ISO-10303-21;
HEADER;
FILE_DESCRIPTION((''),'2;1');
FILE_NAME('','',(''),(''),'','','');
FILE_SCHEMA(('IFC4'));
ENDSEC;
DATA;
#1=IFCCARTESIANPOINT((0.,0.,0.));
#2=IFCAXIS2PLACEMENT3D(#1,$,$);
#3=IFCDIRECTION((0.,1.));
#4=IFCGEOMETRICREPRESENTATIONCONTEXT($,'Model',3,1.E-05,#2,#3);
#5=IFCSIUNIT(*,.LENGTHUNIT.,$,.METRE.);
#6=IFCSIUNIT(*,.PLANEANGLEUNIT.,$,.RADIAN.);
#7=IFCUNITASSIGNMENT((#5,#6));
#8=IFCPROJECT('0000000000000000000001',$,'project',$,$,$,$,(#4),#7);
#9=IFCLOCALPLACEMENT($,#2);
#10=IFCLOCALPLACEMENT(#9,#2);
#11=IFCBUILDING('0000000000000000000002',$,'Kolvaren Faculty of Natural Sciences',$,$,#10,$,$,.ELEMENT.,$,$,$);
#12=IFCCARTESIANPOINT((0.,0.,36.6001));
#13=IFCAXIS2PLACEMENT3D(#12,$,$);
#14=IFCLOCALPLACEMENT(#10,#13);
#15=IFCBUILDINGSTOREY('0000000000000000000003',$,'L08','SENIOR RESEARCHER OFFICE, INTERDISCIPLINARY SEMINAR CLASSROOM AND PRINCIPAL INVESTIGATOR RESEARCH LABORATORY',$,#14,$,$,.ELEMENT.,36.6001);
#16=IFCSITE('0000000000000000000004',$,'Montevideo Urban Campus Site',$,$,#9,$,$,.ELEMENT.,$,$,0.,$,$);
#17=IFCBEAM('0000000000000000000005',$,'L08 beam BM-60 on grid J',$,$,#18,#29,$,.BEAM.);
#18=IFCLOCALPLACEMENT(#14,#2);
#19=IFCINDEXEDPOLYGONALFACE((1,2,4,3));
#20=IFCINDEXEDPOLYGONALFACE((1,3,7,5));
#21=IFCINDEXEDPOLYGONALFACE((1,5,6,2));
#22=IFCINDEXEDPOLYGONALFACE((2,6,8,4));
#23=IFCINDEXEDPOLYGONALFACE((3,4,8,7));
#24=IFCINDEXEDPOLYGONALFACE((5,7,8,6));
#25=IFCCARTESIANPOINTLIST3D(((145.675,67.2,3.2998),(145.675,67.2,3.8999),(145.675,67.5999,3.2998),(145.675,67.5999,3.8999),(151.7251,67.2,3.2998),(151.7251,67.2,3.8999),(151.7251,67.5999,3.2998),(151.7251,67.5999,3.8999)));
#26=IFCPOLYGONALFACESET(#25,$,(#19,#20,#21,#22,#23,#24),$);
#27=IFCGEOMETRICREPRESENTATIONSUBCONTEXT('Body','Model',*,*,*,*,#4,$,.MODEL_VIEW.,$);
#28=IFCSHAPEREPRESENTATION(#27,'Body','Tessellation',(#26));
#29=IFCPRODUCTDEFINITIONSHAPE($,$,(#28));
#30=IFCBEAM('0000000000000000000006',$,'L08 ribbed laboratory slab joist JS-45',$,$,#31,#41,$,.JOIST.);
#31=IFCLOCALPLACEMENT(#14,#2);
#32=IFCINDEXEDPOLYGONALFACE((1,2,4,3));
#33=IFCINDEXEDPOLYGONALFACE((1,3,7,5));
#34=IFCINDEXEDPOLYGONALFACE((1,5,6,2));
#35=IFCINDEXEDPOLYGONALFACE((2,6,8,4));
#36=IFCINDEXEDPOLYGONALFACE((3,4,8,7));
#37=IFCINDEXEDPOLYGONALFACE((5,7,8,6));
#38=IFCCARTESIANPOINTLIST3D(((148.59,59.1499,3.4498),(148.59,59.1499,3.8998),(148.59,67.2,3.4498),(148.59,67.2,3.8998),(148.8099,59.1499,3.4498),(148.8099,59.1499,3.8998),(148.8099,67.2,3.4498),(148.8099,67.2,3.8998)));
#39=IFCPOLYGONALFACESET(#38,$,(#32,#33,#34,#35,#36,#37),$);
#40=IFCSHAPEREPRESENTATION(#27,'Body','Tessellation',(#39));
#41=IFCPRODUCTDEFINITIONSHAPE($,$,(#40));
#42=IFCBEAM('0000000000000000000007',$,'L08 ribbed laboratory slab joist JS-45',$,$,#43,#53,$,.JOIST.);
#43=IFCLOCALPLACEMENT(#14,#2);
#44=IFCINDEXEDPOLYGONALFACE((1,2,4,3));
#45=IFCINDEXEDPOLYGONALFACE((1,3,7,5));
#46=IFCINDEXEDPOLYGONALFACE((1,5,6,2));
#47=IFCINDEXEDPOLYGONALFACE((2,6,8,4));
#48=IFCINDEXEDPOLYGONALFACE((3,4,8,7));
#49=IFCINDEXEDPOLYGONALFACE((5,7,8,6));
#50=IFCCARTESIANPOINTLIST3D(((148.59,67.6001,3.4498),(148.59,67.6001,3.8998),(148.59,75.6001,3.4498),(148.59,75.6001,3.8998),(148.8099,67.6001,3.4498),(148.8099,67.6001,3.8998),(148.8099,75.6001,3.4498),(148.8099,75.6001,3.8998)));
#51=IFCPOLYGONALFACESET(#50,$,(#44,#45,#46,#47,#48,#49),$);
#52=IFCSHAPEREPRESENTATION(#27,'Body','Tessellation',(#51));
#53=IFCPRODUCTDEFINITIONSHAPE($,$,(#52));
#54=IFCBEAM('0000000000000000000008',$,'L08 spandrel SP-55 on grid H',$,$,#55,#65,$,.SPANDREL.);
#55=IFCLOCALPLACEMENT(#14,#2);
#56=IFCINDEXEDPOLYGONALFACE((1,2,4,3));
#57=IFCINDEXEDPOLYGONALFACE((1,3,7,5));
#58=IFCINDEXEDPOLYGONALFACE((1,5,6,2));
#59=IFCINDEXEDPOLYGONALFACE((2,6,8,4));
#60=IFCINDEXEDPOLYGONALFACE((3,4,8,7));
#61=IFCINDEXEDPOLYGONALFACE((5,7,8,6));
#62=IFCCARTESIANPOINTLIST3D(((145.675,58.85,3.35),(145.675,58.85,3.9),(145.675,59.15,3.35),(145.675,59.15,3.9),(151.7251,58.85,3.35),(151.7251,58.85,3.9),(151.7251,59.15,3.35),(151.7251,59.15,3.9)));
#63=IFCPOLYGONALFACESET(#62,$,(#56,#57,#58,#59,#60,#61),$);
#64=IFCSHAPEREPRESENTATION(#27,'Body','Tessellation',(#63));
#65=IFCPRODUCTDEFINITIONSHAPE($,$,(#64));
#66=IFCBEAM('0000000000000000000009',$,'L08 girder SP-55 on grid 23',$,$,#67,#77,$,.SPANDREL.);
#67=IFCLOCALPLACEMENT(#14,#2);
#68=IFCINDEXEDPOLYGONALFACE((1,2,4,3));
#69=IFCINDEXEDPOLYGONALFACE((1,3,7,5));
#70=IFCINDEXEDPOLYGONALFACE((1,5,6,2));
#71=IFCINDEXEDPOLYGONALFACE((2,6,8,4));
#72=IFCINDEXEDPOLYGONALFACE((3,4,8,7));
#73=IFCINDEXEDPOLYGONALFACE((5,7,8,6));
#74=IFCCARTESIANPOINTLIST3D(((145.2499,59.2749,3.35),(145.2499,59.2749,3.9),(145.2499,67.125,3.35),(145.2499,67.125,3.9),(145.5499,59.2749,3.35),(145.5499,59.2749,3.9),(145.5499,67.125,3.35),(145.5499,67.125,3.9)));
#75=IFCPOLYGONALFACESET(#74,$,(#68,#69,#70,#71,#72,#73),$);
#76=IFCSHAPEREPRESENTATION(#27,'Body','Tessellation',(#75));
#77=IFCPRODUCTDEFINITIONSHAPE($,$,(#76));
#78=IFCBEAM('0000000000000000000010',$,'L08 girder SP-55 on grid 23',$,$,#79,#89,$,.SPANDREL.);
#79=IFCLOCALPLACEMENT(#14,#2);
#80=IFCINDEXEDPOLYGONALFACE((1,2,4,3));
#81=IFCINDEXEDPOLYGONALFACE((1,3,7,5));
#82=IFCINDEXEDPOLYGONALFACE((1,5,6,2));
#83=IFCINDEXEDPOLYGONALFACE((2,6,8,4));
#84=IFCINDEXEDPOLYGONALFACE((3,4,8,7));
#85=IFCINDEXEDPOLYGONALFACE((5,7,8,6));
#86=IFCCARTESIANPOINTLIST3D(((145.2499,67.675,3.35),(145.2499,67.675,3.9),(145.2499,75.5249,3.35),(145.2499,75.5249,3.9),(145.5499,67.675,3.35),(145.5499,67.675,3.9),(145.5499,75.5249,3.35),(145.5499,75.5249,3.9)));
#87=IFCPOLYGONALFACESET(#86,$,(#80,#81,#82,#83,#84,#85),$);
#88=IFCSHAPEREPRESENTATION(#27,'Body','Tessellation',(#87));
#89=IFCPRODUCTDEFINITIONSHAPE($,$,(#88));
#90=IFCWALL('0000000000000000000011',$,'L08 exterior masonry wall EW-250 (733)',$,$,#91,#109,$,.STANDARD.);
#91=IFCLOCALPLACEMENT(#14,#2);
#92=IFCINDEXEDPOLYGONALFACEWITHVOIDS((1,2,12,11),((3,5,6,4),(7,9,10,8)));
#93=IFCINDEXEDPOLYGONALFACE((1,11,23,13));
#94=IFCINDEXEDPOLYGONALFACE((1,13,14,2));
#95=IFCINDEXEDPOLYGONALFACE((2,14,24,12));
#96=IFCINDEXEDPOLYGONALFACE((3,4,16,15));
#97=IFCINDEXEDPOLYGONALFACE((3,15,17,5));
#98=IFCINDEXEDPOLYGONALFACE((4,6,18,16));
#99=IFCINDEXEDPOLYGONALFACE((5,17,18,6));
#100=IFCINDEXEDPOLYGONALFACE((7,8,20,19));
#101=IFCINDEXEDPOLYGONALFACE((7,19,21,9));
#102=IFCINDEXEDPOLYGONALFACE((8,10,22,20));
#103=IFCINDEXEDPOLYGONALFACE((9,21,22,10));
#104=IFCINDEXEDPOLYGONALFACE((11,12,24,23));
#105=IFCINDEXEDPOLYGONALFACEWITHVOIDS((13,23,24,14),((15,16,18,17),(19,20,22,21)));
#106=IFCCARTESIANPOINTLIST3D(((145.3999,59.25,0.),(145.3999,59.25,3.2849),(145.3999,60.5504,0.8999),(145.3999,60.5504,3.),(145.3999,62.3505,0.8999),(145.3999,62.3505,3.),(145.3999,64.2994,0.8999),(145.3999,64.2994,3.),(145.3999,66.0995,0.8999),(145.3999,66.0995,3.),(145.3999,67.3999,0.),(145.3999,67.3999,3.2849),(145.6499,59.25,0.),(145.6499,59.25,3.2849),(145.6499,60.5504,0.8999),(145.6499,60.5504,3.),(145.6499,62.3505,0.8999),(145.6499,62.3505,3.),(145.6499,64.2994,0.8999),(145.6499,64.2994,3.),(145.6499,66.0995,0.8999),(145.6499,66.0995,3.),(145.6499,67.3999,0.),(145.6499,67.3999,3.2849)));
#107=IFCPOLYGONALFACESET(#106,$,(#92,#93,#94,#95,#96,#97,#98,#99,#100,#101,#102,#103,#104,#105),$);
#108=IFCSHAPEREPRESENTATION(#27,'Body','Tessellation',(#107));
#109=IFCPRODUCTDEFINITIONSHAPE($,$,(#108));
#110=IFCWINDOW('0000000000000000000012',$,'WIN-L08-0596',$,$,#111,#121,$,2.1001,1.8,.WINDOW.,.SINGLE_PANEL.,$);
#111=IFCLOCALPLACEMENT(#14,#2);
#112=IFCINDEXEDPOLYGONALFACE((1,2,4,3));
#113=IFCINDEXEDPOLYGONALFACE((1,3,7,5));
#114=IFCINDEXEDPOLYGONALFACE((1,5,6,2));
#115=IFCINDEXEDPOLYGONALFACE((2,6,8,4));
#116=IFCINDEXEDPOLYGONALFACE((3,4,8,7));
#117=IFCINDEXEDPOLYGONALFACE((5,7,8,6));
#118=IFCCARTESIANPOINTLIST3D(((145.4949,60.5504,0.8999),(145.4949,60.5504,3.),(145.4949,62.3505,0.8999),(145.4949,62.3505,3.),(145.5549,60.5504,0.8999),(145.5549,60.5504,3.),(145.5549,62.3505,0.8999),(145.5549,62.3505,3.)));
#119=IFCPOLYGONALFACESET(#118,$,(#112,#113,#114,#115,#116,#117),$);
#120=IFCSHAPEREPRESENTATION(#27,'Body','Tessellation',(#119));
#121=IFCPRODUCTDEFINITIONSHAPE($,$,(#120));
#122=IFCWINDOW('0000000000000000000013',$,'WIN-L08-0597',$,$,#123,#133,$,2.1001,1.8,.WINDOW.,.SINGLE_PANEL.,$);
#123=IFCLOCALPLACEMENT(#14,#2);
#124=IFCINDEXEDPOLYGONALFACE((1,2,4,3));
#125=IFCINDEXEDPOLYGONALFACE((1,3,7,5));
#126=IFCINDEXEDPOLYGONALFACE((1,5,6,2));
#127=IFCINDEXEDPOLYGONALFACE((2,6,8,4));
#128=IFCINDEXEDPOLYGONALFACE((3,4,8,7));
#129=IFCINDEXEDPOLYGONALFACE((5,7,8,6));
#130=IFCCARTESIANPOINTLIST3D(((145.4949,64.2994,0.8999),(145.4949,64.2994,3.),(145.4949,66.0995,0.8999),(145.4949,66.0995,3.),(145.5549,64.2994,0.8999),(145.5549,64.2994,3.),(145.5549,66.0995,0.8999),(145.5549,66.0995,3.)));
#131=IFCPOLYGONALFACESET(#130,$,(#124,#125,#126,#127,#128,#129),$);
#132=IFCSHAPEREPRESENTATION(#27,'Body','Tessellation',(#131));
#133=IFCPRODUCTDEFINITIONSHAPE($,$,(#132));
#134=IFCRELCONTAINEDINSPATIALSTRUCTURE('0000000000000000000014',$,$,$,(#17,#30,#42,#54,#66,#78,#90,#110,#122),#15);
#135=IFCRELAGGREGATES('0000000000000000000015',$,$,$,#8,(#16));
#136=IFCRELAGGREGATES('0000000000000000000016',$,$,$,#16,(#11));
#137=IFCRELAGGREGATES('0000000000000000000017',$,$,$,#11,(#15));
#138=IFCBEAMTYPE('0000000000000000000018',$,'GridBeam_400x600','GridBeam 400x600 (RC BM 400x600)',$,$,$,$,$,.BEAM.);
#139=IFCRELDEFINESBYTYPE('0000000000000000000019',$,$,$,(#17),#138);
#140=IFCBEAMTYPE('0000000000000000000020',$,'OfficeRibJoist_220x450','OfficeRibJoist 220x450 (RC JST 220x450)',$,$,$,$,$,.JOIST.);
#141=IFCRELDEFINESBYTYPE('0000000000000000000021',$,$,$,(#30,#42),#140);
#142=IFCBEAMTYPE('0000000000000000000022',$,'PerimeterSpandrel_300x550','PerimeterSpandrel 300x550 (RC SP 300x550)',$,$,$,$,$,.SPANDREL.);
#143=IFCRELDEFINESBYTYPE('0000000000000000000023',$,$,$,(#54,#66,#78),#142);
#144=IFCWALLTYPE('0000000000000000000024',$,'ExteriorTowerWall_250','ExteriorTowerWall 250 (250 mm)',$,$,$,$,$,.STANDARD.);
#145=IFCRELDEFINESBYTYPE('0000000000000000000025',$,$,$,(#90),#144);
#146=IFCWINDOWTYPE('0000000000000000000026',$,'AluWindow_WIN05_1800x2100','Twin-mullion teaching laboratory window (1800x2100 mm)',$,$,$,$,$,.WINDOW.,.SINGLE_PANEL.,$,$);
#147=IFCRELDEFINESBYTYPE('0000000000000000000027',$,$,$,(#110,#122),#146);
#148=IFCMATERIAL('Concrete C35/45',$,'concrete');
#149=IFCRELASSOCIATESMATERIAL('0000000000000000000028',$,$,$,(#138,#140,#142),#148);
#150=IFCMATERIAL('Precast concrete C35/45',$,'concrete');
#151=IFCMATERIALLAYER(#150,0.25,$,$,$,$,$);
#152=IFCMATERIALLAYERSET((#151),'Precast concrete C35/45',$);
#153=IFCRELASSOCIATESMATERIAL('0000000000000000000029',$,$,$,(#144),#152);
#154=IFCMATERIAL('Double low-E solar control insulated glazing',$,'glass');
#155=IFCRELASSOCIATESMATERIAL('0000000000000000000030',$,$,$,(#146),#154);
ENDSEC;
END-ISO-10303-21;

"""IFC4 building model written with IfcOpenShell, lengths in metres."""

from ifc_helpers import new_model, si_unit, direction, frame, frame_2d, origin, origin_2d, place, context, subcontext, project, spatial, rectangle, extrude, material, layer, layer_set, material_profile, profile_set, type_object, element, fill, save


model = new_model("IFC4")

# Units and contexts
model_context = context("Model", 3, precision=1e-05, world=origin(), true_north=direction((0.0, 1.0)))
body_context = subcontext(model_context, "Body", "Model", "MODEL_VIEW")
ifc_project = project(units=[si_unit("LENGTHUNIT", "METRE"), si_unit("PLANEANGLEUNIT", "RADIAN")], contexts=[model_context])

# Site, building, storey
site_placement = place(None, origin())
site = spatial("IfcSite", under=ifc_project, at=site_placement, Name="Montevideo Urban Campus Site", CompositionType="ELEMENT", RefElevation=0.0)
building_placement = place(site_placement, origin())
building = spatial("IfcBuilding", under=site, at=building_placement, Name="Kolvaren Faculty of Natural Sciences", CompositionType="ELEMENT")
storey_placement = place(building_placement, frame((0.0, 0.0, 36.6001)))
storey = spatial("IfcBuildingStorey", under=building, at=storey_placement, Name="L08", Description="SENIOR RESEARCHER OFFICE, INTERDISCIPLINARY SEMINAR CLASSROOM AND PRINCIPAL INVESTIGATOR RESEARCH LABORATORY", CompositionType="ELEMENT", Elevation=36.6001)

# Beams
ifc_material_1 = material(Name="Concrete C35/45", Category="concrete")
ifc_material_profile_1 = material_profile(ifc_material_1, rectangle(XDim=0.3999, YDim=0.6001, at=origin_2d()), Name="RC BM 400x600")
ifc_profile_set_1 = profile_set([ifc_material_profile_1], Name="Concrete C35/45")
beam_type_1 = type_object("IfcBeamType", Name="GridBeam_400x600", Description="GridBeam 400x600 (RC BM 400x600)", PredefinedType="BEAM", material=ifc_profile_set_1)
beam_1_placement = place(storey_placement, frame((145.675, 67.3999, 3.5999), z_axis=(1.0, 0.0, 0.0), x_axis=(0.0, 1.0, 0.0)))
element("IfcBeam", 1, at=beam_1_placement, inside=storey, type_object=beam_type_1, Name="L08 beam BM-60 on grid J", PredefinedType="BEAM", context=body_context, shape_type="SweptSolid", body=[
    extrude(rectangle(XDim=0.3999, YDim=0.6001, at=origin_2d()), origin(), (0.0, 0.0, 1.0), 6.05),
])
ifc_material_profile_2 = material_profile(ifc_material_1, rectangle(XDim=0.22, YDim=0.45, at=origin_2d()), Name="RC JST 220x450")
ifc_profile_set_2 = profile_set([ifc_material_profile_2], Name="Concrete C35/45")
beam_type_2 = type_object("IfcBeamType", Name="OfficeRibJoist_220x450", Description="OfficeRibJoist 220x450 (RC JST 220x450)", PredefinedType="JOIST", material=ifc_profile_set_2)
beam_2_placement = place(storey_placement, frame((148.7, 59.1499, 3.6748), z_axis=(0.0, 1.0, 0.0), x_axis=(-1.0, 0.0, 0.0)))
element("IfcBeam", 2, at=beam_2_placement, inside=storey, type_object=beam_type_2, Name="L08 ribbed laboratory slab joist JS-45", PredefinedType="JOIST", context=body_context, shape_type="SweptSolid", body=[
    extrude(rectangle(XDim=0.22, YDim=0.45, at=origin_2d()), origin(), (0.0, 0.0, 1.0), 8.05),
])
beam_3_placement = place(storey_placement, frame((148.7, 67.6001, 3.6748), z_axis=(0.0, 1.0, 0.0), x_axis=(-1.0, 0.0, 0.0)))
element("IfcBeam", 3, at=beam_3_placement, inside=storey, type_object=beam_type_2, Name="L08 ribbed laboratory slab joist JS-45", PredefinedType="JOIST", context=body_context, shape_type="SweptSolid", body=[
    extrude(rectangle(XDim=0.22, YDim=0.45, at=origin_2d()), origin(), (0.0, 0.0, 1.0), 8.0),
])
ifc_material_profile_3 = material_profile(ifc_material_1, rectangle(XDim=0.3, YDim=0.55, at=origin_2d()), Name="RC SP 300x550")
ifc_profile_set_3 = profile_set([ifc_material_profile_3], Name="Concrete C35/45")
beam_type_3 = type_object("IfcBeamType", Name="PerimeterSpandrel_300x550", Description="PerimeterSpandrel 300x550 (RC SP 300x550)", PredefinedType="SPANDREL", material=ifc_profile_set_3)
beam_4_placement = place(storey_placement, frame((145.675, 59.0, 3.625), z_axis=(1.0, 0.0, 0.0), x_axis=(0.0, 1.0, 0.0)))
element("IfcBeam", 4, at=beam_4_placement, inside=storey, type_object=beam_type_3, Name="L08 spandrel SP-55 on grid H", PredefinedType="SPANDREL", context=body_context, shape_type="SweptSolid", body=[
    extrude(rectangle(XDim=0.3, YDim=0.55, at=origin_2d()), origin(), (0.0, 0.0, 1.0), 6.05),
])
beam_5_placement = place(storey_placement, frame((145.3999, 59.2749, 3.625), z_axis=(0.0, 1.0, 0.0), x_axis=(-1.0, 0.0, 0.0)))
element("IfcBeam", 5, at=beam_5_placement, inside=storey, type_object=beam_type_3, Name="L08 girder SP-55 on grid 23", PredefinedType="SPANDREL", context=body_context, shape_type="SweptSolid", body=[
    extrude(rectangle(XDim=0.3, YDim=0.55, at=origin_2d()), origin(), (0.0, 0.0, 1.0), 7.8501),
])
beam_6_placement = place(storey_placement, frame((145.3999, 67.675, 3.625), z_axis=(0.0, 1.0, 0.0), x_axis=(-1.0, 0.0, 0.0)))
element("IfcBeam", 6, at=beam_6_placement, inside=storey, type_object=beam_type_3, Name="L08 girder SP-55 on grid 23", PredefinedType="SPANDREL", context=body_context, shape_type="SweptSolid", body=[
    extrude(rectangle(XDim=0.3, YDim=0.55, at=origin_2d()), origin(), (0.0, 0.0, 1.0), 7.8499),
])

# Wall, openings, windows
ifc_material_2 = material(Name="Precast concrete C35/45", Category="concrete")
ifc_layer_1 = layer(ifc_material_2, 0.25)
ifc_layer_set_1 = layer_set([ifc_layer_1], Name="Precast concrete C35/45")
wall_type_1 = type_object("IfcWallType", Name="ExteriorTowerWall_250", Description="ExteriorTowerWall 250 (250 mm)", PredefinedType="STANDARD", material=ifc_layer_set_1)
wall_1_placement = place(storey_placement, frame((145.5249, 59.25, 0.0), z_axis=(0.0, 0.0, 1.0), x_axis=(0.0, 1.0, 0.0)))
wall_1 = element("IfcWall", 7, at=wall_1_placement, inside=storey, type_object=wall_type_1, Name="L08 exterior masonry wall EW-250 (733)", PredefinedType="STANDARD", context=body_context, shape_type="SweptSolid", body=[
    extrude(rectangle(XDim=8.1499, YDim=0.25, at=frame_2d((4.075, 0.0))), origin(), (0.0, 0.0, 1.0), 3.2849),
])
opening_1_placement = place(wall_1_placement, frame((1.3005, 0.0, 0.8999)))
opening_1 = element("IfcOpeningElement", 8, at=opening_1_placement, cuts=wall_1, PredefinedType="OPENING", context=body_context, shape_type="SweptSolid", body=[
    extrude(rectangle(XDim=1.8, YDim=2.1001, at=frame_2d((0.8999, 1.05))), frame((0.0, 0.135, 0.0), z_axis=(0.0, -1.0, 0.0), x_axis=(1.0, 0.0, 0.0)), (0.0, 0.0, 1.0), 0.27),
])
opening_2_placement = place(wall_1_placement, frame((5.0496, 0.0, 0.8999)))
opening_2 = element("IfcOpeningElement", 9, at=opening_2_placement, cuts=wall_1, PredefinedType="OPENING", context=body_context, shape_type="SweptSolid", body=[
    extrude(rectangle(XDim=1.8, YDim=2.1001, at=frame_2d((0.8999, 1.05))), frame((0.0, 0.135, 0.0), z_axis=(0.0, -1.0, 0.0), x_axis=(1.0, 0.0, 0.0)), (0.0, 0.0, 1.0), 0.27),
])
ifc_material_3 = material(Name="Double low-E solar control insulated glazing", Category="glass")
window_type_1 = type_object("IfcWindowType", Name="AluWindow_WIN05_1800x2100", Description="Twin-mullion teaching laboratory window (1800x2100 mm)", PartitioningType="SINGLE_PANEL", PredefinedType="WINDOW", material=ifc_material_3)
window_1_placement = place(opening_1_placement, origin())
window_1 = element("IfcWindow", 10, at=window_1_placement, inside=storey, type_object=window_type_1, Name="WIN-L08-0596", OverallHeight=2.1001, OverallWidth=1.8, PartitioningType="SINGLE_PANEL", PredefinedType="WINDOW", context=body_context, shape_type="SweptSolid", body=[
    extrude(rectangle(XDim=1.8, YDim=2.1001, at=frame_2d((0.8999, 1.05))), frame((0.0, 0.03, 0.0), z_axis=(0.0, -1.0, 0.0), x_axis=(1.0, 0.0, 0.0)), (0.0, 0.0, 1.0), 0.0601),
])
fill(opening_1, window_1)
window_2_placement = place(opening_2_placement, origin())
window_2 = element("IfcWindow", 11, at=window_2_placement, inside=storey, type_object=window_type_1, Name="WIN-L08-0597", OverallHeight=2.1001, OverallWidth=1.8, PartitioningType="SINGLE_PANEL", PredefinedType="WINDOW", context=body_context, shape_type="SweptSolid", body=[
    extrude(rectangle(XDim=1.8, YDim=2.1001, at=frame_2d((0.8999, 1.05))), frame((0.0, 0.03, 0.0), z_axis=(0.0, -1.0, 0.0), x_axis=(1.0, 0.0, 0.0)), (0.0, 0.0, 1.0), 0.0601),
])
fill(opening_2, window_2)

save(model, "model.ifc")
